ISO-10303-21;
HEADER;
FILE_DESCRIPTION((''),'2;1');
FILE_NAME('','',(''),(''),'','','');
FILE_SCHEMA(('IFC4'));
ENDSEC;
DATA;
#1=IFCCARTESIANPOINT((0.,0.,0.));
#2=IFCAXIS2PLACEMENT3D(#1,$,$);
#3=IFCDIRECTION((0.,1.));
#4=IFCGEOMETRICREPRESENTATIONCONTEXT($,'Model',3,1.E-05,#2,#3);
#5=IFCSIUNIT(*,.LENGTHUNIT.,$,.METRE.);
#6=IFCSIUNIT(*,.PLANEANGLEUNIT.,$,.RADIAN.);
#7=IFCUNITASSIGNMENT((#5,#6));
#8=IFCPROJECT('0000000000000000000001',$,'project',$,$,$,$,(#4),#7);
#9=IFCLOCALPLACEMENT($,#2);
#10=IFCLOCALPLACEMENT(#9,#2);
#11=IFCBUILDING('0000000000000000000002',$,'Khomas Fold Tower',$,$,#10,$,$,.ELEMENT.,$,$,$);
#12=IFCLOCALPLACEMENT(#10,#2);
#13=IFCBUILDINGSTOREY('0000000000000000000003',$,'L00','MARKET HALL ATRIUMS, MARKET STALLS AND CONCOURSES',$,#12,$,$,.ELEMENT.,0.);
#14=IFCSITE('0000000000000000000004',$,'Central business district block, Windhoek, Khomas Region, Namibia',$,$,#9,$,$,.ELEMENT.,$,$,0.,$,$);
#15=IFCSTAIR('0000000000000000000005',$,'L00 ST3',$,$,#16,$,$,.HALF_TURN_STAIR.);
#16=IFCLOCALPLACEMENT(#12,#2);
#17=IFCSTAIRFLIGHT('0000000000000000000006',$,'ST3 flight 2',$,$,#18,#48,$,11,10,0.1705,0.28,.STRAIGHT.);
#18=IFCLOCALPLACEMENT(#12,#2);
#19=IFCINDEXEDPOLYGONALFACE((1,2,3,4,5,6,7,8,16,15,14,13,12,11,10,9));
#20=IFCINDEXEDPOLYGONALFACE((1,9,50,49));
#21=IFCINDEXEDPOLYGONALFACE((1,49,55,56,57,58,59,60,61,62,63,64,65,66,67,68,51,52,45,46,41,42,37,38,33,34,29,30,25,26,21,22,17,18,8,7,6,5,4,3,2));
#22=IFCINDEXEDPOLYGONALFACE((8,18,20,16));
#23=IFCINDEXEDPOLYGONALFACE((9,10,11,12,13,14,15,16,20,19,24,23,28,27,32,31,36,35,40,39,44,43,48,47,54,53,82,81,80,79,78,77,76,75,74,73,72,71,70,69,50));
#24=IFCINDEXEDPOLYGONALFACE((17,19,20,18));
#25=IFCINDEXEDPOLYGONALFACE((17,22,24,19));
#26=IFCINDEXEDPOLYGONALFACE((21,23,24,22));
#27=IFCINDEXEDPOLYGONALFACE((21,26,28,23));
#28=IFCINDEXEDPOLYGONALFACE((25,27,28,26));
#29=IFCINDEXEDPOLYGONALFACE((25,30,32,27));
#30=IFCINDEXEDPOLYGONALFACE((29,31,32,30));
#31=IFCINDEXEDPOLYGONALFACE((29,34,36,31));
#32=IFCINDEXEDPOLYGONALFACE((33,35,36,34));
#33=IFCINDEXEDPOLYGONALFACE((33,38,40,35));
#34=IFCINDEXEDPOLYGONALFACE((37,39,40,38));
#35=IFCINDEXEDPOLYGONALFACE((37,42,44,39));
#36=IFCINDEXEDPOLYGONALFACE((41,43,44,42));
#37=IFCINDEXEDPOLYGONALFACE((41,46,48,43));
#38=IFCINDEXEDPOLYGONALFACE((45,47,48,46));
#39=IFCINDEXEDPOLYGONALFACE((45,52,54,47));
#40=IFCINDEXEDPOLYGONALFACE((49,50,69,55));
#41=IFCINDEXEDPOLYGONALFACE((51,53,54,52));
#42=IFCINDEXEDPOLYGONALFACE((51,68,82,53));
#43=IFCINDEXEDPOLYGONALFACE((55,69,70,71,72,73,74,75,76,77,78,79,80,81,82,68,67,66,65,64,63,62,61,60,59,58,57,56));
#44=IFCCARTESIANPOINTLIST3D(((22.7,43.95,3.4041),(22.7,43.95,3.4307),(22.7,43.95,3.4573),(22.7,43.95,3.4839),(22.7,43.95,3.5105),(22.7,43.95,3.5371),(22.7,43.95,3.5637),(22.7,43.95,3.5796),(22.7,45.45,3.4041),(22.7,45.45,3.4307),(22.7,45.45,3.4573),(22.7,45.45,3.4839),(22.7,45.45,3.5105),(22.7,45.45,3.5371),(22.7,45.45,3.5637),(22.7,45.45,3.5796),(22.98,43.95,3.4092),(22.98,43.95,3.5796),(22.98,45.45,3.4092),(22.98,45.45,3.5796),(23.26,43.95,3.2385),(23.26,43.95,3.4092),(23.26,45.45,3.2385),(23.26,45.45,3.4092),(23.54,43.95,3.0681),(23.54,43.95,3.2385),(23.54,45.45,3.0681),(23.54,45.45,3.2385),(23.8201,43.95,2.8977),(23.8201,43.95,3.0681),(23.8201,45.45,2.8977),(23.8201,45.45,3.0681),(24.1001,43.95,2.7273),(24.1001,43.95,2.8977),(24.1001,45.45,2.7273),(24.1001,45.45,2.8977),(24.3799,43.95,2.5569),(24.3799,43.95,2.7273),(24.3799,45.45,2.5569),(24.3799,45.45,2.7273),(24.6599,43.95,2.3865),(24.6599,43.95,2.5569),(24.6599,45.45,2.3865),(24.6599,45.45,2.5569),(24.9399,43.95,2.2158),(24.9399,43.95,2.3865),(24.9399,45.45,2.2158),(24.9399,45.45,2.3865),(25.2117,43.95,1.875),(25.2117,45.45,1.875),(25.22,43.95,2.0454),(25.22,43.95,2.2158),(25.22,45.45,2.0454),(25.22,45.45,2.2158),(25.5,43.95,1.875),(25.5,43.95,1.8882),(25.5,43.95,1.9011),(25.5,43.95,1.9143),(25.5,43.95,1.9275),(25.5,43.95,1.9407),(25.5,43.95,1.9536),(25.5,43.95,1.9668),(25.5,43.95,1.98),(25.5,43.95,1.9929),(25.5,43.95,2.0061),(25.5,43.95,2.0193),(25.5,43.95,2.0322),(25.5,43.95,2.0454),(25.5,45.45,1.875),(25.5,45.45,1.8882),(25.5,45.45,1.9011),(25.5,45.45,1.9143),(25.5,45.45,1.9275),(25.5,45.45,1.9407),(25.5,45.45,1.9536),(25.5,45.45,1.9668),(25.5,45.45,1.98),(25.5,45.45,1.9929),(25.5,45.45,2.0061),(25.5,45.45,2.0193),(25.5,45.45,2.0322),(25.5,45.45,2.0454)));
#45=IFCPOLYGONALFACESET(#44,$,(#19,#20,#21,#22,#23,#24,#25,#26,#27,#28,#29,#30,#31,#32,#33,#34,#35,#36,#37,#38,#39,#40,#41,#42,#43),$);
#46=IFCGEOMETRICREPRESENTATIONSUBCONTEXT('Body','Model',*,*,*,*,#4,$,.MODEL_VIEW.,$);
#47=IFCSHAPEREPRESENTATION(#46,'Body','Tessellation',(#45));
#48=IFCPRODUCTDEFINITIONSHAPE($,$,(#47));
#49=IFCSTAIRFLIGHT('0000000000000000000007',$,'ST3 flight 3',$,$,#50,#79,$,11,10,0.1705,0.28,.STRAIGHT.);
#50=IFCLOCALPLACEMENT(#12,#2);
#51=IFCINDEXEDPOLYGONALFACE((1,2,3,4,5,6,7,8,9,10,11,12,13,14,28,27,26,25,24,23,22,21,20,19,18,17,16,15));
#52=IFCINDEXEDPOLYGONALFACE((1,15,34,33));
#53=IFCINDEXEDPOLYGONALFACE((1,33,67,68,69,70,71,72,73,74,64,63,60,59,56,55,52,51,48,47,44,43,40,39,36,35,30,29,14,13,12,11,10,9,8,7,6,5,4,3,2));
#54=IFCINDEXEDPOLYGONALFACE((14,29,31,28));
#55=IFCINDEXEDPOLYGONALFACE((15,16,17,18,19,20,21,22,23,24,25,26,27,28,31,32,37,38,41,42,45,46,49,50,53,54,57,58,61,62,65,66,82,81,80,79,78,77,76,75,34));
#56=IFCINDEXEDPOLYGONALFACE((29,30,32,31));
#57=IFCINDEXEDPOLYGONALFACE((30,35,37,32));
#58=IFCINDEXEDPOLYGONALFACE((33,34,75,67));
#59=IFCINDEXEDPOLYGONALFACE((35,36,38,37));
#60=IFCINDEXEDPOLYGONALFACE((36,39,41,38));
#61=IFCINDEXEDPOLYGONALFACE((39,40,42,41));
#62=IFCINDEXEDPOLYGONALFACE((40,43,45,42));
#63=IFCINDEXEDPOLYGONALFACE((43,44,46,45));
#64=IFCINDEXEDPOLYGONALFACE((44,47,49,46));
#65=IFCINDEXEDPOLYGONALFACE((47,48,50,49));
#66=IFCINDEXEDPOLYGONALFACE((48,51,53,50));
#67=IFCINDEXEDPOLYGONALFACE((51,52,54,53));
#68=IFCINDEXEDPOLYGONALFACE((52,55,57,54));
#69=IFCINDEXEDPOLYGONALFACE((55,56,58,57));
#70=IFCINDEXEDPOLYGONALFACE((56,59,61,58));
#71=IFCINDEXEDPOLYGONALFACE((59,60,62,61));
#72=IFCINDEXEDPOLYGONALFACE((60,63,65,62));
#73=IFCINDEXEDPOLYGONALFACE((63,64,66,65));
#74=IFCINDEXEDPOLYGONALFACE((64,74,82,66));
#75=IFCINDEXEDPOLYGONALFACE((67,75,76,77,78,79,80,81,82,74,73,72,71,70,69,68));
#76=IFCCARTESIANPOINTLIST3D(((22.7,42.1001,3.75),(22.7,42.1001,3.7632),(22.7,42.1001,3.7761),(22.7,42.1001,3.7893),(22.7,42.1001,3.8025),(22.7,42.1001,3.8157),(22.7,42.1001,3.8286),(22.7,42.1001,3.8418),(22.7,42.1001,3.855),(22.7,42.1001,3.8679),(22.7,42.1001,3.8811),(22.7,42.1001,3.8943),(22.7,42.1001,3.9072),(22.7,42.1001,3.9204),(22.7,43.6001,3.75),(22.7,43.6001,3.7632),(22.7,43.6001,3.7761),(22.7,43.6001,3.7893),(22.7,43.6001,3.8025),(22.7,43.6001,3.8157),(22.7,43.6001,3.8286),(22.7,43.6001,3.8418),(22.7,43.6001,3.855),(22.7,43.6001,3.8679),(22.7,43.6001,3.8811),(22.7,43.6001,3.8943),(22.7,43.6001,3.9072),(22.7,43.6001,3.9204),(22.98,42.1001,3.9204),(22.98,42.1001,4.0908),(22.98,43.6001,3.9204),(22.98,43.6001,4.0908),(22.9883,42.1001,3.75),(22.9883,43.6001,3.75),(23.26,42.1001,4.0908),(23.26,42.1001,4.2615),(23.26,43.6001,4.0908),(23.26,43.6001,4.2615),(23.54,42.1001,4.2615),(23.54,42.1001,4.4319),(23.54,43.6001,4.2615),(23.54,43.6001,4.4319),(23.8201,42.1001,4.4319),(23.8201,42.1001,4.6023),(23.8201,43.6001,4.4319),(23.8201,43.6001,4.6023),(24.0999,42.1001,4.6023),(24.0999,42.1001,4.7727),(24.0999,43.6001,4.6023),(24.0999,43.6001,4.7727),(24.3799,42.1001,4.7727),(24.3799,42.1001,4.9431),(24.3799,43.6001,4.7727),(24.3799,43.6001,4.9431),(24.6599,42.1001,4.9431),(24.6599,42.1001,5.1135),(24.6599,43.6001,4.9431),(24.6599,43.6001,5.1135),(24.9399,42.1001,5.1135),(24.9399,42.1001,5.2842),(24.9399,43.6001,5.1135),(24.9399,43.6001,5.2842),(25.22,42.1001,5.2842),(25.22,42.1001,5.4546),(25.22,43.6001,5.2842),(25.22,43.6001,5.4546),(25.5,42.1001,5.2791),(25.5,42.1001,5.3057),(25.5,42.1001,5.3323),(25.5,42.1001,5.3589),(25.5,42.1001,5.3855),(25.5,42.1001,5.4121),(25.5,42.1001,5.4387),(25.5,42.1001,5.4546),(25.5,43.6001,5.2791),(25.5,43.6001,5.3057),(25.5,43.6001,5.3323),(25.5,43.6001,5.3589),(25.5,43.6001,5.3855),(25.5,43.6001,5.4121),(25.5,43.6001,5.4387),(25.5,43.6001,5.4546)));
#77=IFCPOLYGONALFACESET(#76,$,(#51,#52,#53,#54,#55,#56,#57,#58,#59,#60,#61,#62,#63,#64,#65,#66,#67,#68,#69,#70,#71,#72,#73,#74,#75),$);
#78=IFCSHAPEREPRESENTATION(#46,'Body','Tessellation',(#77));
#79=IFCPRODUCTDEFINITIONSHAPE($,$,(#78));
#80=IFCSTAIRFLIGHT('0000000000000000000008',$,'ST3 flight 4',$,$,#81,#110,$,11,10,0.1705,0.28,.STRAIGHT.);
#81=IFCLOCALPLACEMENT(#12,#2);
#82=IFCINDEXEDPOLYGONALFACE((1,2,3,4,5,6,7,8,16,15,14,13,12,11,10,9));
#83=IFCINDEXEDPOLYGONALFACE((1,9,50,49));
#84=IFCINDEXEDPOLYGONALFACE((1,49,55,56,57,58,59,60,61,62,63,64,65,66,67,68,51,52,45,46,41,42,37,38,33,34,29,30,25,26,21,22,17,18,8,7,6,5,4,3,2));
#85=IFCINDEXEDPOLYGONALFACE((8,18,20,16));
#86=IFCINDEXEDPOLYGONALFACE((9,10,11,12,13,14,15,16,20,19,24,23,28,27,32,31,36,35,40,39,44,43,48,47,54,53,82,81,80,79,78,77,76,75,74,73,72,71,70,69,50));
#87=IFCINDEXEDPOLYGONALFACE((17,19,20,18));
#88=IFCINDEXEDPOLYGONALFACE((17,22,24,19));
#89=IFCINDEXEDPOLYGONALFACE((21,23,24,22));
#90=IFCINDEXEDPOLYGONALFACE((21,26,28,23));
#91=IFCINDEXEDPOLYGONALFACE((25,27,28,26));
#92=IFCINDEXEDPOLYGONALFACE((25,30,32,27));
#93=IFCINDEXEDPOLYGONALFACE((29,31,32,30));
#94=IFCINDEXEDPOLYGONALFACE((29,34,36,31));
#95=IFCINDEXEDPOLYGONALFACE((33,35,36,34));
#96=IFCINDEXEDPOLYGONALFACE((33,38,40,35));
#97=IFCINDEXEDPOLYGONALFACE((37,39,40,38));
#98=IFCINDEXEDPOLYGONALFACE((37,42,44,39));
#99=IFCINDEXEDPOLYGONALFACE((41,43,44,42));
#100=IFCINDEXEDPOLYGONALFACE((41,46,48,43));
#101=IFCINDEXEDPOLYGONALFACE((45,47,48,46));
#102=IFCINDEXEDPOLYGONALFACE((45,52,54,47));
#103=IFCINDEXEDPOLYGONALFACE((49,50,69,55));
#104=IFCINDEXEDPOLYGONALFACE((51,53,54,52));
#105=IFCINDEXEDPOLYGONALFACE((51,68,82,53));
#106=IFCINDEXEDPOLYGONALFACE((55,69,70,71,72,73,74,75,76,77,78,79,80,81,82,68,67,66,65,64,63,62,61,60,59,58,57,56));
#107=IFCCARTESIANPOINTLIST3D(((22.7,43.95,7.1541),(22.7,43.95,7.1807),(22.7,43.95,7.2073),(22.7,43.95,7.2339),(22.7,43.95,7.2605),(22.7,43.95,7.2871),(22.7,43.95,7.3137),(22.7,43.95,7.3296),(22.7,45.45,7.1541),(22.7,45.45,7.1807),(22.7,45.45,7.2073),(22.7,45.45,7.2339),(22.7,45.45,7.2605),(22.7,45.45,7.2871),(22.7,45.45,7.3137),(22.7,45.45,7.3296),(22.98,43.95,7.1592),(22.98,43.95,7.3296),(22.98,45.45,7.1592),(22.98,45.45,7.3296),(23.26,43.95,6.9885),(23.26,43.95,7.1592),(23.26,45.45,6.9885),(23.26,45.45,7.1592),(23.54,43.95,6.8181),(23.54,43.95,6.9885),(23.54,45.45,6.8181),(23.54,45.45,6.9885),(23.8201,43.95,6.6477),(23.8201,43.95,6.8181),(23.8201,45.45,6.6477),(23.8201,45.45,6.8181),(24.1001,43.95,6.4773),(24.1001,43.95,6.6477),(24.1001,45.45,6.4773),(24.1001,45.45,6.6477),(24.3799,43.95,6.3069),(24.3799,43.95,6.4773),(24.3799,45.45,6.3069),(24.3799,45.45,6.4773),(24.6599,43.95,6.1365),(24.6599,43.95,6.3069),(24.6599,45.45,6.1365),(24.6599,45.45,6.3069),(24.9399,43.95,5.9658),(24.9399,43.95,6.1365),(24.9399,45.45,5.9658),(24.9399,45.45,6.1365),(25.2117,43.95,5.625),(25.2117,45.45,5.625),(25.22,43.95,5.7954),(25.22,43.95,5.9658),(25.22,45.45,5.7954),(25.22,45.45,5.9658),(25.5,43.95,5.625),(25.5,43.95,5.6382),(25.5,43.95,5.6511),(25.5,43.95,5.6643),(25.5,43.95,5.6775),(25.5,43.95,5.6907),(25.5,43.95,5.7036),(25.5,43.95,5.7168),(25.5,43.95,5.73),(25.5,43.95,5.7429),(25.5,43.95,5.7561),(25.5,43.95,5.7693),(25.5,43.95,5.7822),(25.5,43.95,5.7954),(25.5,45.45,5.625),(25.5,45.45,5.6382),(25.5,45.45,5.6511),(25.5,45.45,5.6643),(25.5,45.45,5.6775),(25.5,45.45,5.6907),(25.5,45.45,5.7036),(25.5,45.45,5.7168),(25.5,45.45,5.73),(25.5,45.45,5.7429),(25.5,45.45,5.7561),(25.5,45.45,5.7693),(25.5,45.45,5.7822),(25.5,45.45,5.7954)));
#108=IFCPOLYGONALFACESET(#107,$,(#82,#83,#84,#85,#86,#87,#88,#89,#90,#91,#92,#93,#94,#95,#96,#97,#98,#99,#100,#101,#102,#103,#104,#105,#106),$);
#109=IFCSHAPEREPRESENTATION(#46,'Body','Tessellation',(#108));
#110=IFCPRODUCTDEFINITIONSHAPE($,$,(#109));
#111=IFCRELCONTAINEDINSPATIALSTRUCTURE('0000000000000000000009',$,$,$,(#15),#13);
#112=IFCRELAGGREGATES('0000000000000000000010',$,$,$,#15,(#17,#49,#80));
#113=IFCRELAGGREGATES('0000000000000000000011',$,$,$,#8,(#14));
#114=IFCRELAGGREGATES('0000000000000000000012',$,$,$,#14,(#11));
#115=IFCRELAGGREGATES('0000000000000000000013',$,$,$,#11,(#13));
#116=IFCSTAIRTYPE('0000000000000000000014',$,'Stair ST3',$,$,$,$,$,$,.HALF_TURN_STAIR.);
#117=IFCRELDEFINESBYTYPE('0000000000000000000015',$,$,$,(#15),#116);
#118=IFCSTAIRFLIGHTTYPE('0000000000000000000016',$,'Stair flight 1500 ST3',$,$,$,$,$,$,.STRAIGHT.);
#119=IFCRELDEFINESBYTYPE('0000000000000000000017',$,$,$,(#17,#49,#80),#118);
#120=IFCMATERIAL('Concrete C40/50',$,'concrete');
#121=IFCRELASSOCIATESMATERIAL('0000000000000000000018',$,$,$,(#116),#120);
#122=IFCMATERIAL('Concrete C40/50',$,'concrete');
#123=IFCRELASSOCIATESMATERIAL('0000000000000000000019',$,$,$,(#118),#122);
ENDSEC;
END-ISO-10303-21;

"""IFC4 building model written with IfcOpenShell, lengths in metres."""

from ifc_helpers import new_model, si_unit, direction, frame, origin, place, context, subcontext, project, spatial, polyline, outline, extrude, source, transform, mapped, material, type_object, element, aggregate, save


model = new_model("IFC4")

# Units and contexts
model_context = context("Model", 3, precision=1e-05, world=origin(), true_north=direction((0.0, 1.0)))
body_context = subcontext(model_context, "Body", "Model", "MODEL_VIEW")
ifc_project = project(units=[si_unit("LENGTHUNIT", "METRE"), si_unit("PLANEANGLEUNIT", "RADIAN")], contexts=[model_context])

# Site, building, storey
site_placement = place(None, origin())
site = spatial("IfcSite", under=ifc_project, at=site_placement, Name="Central business district block, Windhoek, Khomas Region, Namibia", CompositionType="ELEMENT", RefElevation=0.0)
building_placement = place(site_placement, origin())
building = spatial("IfcBuilding", under=site, at=building_placement, Name="Khomas Fold Tower", CompositionType="ELEMENT")
storey_placement = place(building_placement, origin())
storey = spatial("IfcBuildingStorey", under=building, at=storey_placement, Name="L00", Description="MARKET HALL ATRIUMS, MARKET STALLS AND CONCOURSES", CompositionType="ELEMENT", Elevation=0.0)

# Stair, stair flights
ifc_material_1 = material(Name="Concrete C40/50", Category="concrete")
stair_type = type_object("IfcStairType", Name="Stair ST3", PredefinedType="HALF_TURN_STAIR", material=ifc_material_1)
stair_placement = place(storey_placement, origin())
stair = element("IfcStair", 1, at=stair_placement, inside=storey, type_object=stair_type, Name="L00 ST3", PredefinedType="HALF_TURN_STAIR")
ifc_material_2 = material(Name="Concrete C40/50", Category="concrete")
stair_flight_type = type_object("IfcStairFlightType", Name="Stair flight 1500 ST3", PredefinedType="STRAIGHT", material=ifc_material_2)
shared_shape_1 = source(origin(), body_context, "Body", "SweptSolid", [
    extrude(outline(polyline([(0.0, 0.0), (0.0, 0.0132), (0.0, 0.0261), (0.0, 0.0393), (0.0, 0.0525), (0.0, 0.0657), (0.0, 0.0786), (0.0, 0.0918), (0.0, 0.105), (0.0, 0.1179), (0.0, 0.1311), (0.0, 0.1443), (0.0, 0.1572), (0.0, 0.1704), (0.28, 0.1704), (0.28, 0.3408), (0.5601, 0.3408), (0.5601, 0.5115), (0.8401, 0.5115), (0.8401, 0.6819), (1.1201, 0.6819), (1.1201, 0.8523), (1.3999, 0.8523), (1.3999, 1.0227), (1.6799, 1.0227), (1.6799, 1.1931), (1.96, 1.1931), (1.96, 1.3635), (2.24, 1.3635), (2.24, 1.5342), (2.52, 1.5342), (2.52, 1.7046), (2.8, 1.7046), (2.8, 1.875), (2.8, 1.8484), (2.8, 1.8218), (2.8, 1.7952), (2.8, 1.7686), (2.8, 1.7419), (2.8, 1.7153), (2.8, 1.6887), (2.8, 1.6621), (2.8, 1.6355), (2.8, 1.6089), (2.8, 1.5823), (2.8, 1.5557), (2.8, 1.5291), (0.2883, 0.0), (0.0, 0.0)])), frame((0.0, 0.75, 0.0), z_axis=(0.0, -1.0, 0.0), x_axis=(1.0, 0.0, 0.0)), (0.0, 0.0, 1.0), 1.5),
])
stair_flight_1_placement = place(storey_placement, frame((25.5, 44.7, 1.875), z_axis=(0.0, 0.0, 1.0), x_axis=(-1.0, 0.0, 0.0)))
stair_flight_1 = element("IfcStairFlight", 2, at=stair_flight_1_placement, type_object=stair_flight_type, Name="ST3 flight 2", NumberOfRisers=11, NumberOfTreads=10, PredefinedType="STRAIGHT", RiserHeight=0.1705, TreadLength=0.28, context=body_context, shape_type="MappedRepresentation", body=[
    mapped(shared_shape_1, transform((0.0, 0.0, 0.0))),
])
stair_flight_2_placement = place(storey_placement, frame((22.7, 42.8501, 3.75), z_axis=(0.0, 0.0, 1.0), x_axis=(1.0, 0.0, 0.0)))
stair_flight_2 = element("IfcStairFlight", 3, at=stair_flight_2_placement, type_object=stair_flight_type, Name="ST3 flight 3", NumberOfRisers=11, NumberOfTreads=10, PredefinedType="STRAIGHT", RiserHeight=0.1705, TreadLength=0.28, context=body_context, shape_type="MappedRepresentation", body=[
    mapped(shared_shape_1, transform((0.0, 0.0, 0.0))),
])
stair_flight_3_placement = place(storey_placement, frame((25.5, 44.7, 5.625), z_axis=(0.0, 0.0, 1.0), x_axis=(-1.0, 0.0, 0.0)))
stair_flight_3 = element("IfcStairFlight", 4, at=stair_flight_3_placement, type_object=stair_flight_type, Name="ST3 flight 4", NumberOfRisers=11, NumberOfTreads=10, PredefinedType="STRAIGHT", RiserHeight=0.1705, TreadLength=0.28, context=body_context, shape_type="MappedRepresentation", body=[
    mapped(shared_shape_1, transform((0.0, 0.0, 0.0))),
])
aggregate(stair, [stair_flight_1, stair_flight_2, stair_flight_3])

save(model, "model.ifc")
